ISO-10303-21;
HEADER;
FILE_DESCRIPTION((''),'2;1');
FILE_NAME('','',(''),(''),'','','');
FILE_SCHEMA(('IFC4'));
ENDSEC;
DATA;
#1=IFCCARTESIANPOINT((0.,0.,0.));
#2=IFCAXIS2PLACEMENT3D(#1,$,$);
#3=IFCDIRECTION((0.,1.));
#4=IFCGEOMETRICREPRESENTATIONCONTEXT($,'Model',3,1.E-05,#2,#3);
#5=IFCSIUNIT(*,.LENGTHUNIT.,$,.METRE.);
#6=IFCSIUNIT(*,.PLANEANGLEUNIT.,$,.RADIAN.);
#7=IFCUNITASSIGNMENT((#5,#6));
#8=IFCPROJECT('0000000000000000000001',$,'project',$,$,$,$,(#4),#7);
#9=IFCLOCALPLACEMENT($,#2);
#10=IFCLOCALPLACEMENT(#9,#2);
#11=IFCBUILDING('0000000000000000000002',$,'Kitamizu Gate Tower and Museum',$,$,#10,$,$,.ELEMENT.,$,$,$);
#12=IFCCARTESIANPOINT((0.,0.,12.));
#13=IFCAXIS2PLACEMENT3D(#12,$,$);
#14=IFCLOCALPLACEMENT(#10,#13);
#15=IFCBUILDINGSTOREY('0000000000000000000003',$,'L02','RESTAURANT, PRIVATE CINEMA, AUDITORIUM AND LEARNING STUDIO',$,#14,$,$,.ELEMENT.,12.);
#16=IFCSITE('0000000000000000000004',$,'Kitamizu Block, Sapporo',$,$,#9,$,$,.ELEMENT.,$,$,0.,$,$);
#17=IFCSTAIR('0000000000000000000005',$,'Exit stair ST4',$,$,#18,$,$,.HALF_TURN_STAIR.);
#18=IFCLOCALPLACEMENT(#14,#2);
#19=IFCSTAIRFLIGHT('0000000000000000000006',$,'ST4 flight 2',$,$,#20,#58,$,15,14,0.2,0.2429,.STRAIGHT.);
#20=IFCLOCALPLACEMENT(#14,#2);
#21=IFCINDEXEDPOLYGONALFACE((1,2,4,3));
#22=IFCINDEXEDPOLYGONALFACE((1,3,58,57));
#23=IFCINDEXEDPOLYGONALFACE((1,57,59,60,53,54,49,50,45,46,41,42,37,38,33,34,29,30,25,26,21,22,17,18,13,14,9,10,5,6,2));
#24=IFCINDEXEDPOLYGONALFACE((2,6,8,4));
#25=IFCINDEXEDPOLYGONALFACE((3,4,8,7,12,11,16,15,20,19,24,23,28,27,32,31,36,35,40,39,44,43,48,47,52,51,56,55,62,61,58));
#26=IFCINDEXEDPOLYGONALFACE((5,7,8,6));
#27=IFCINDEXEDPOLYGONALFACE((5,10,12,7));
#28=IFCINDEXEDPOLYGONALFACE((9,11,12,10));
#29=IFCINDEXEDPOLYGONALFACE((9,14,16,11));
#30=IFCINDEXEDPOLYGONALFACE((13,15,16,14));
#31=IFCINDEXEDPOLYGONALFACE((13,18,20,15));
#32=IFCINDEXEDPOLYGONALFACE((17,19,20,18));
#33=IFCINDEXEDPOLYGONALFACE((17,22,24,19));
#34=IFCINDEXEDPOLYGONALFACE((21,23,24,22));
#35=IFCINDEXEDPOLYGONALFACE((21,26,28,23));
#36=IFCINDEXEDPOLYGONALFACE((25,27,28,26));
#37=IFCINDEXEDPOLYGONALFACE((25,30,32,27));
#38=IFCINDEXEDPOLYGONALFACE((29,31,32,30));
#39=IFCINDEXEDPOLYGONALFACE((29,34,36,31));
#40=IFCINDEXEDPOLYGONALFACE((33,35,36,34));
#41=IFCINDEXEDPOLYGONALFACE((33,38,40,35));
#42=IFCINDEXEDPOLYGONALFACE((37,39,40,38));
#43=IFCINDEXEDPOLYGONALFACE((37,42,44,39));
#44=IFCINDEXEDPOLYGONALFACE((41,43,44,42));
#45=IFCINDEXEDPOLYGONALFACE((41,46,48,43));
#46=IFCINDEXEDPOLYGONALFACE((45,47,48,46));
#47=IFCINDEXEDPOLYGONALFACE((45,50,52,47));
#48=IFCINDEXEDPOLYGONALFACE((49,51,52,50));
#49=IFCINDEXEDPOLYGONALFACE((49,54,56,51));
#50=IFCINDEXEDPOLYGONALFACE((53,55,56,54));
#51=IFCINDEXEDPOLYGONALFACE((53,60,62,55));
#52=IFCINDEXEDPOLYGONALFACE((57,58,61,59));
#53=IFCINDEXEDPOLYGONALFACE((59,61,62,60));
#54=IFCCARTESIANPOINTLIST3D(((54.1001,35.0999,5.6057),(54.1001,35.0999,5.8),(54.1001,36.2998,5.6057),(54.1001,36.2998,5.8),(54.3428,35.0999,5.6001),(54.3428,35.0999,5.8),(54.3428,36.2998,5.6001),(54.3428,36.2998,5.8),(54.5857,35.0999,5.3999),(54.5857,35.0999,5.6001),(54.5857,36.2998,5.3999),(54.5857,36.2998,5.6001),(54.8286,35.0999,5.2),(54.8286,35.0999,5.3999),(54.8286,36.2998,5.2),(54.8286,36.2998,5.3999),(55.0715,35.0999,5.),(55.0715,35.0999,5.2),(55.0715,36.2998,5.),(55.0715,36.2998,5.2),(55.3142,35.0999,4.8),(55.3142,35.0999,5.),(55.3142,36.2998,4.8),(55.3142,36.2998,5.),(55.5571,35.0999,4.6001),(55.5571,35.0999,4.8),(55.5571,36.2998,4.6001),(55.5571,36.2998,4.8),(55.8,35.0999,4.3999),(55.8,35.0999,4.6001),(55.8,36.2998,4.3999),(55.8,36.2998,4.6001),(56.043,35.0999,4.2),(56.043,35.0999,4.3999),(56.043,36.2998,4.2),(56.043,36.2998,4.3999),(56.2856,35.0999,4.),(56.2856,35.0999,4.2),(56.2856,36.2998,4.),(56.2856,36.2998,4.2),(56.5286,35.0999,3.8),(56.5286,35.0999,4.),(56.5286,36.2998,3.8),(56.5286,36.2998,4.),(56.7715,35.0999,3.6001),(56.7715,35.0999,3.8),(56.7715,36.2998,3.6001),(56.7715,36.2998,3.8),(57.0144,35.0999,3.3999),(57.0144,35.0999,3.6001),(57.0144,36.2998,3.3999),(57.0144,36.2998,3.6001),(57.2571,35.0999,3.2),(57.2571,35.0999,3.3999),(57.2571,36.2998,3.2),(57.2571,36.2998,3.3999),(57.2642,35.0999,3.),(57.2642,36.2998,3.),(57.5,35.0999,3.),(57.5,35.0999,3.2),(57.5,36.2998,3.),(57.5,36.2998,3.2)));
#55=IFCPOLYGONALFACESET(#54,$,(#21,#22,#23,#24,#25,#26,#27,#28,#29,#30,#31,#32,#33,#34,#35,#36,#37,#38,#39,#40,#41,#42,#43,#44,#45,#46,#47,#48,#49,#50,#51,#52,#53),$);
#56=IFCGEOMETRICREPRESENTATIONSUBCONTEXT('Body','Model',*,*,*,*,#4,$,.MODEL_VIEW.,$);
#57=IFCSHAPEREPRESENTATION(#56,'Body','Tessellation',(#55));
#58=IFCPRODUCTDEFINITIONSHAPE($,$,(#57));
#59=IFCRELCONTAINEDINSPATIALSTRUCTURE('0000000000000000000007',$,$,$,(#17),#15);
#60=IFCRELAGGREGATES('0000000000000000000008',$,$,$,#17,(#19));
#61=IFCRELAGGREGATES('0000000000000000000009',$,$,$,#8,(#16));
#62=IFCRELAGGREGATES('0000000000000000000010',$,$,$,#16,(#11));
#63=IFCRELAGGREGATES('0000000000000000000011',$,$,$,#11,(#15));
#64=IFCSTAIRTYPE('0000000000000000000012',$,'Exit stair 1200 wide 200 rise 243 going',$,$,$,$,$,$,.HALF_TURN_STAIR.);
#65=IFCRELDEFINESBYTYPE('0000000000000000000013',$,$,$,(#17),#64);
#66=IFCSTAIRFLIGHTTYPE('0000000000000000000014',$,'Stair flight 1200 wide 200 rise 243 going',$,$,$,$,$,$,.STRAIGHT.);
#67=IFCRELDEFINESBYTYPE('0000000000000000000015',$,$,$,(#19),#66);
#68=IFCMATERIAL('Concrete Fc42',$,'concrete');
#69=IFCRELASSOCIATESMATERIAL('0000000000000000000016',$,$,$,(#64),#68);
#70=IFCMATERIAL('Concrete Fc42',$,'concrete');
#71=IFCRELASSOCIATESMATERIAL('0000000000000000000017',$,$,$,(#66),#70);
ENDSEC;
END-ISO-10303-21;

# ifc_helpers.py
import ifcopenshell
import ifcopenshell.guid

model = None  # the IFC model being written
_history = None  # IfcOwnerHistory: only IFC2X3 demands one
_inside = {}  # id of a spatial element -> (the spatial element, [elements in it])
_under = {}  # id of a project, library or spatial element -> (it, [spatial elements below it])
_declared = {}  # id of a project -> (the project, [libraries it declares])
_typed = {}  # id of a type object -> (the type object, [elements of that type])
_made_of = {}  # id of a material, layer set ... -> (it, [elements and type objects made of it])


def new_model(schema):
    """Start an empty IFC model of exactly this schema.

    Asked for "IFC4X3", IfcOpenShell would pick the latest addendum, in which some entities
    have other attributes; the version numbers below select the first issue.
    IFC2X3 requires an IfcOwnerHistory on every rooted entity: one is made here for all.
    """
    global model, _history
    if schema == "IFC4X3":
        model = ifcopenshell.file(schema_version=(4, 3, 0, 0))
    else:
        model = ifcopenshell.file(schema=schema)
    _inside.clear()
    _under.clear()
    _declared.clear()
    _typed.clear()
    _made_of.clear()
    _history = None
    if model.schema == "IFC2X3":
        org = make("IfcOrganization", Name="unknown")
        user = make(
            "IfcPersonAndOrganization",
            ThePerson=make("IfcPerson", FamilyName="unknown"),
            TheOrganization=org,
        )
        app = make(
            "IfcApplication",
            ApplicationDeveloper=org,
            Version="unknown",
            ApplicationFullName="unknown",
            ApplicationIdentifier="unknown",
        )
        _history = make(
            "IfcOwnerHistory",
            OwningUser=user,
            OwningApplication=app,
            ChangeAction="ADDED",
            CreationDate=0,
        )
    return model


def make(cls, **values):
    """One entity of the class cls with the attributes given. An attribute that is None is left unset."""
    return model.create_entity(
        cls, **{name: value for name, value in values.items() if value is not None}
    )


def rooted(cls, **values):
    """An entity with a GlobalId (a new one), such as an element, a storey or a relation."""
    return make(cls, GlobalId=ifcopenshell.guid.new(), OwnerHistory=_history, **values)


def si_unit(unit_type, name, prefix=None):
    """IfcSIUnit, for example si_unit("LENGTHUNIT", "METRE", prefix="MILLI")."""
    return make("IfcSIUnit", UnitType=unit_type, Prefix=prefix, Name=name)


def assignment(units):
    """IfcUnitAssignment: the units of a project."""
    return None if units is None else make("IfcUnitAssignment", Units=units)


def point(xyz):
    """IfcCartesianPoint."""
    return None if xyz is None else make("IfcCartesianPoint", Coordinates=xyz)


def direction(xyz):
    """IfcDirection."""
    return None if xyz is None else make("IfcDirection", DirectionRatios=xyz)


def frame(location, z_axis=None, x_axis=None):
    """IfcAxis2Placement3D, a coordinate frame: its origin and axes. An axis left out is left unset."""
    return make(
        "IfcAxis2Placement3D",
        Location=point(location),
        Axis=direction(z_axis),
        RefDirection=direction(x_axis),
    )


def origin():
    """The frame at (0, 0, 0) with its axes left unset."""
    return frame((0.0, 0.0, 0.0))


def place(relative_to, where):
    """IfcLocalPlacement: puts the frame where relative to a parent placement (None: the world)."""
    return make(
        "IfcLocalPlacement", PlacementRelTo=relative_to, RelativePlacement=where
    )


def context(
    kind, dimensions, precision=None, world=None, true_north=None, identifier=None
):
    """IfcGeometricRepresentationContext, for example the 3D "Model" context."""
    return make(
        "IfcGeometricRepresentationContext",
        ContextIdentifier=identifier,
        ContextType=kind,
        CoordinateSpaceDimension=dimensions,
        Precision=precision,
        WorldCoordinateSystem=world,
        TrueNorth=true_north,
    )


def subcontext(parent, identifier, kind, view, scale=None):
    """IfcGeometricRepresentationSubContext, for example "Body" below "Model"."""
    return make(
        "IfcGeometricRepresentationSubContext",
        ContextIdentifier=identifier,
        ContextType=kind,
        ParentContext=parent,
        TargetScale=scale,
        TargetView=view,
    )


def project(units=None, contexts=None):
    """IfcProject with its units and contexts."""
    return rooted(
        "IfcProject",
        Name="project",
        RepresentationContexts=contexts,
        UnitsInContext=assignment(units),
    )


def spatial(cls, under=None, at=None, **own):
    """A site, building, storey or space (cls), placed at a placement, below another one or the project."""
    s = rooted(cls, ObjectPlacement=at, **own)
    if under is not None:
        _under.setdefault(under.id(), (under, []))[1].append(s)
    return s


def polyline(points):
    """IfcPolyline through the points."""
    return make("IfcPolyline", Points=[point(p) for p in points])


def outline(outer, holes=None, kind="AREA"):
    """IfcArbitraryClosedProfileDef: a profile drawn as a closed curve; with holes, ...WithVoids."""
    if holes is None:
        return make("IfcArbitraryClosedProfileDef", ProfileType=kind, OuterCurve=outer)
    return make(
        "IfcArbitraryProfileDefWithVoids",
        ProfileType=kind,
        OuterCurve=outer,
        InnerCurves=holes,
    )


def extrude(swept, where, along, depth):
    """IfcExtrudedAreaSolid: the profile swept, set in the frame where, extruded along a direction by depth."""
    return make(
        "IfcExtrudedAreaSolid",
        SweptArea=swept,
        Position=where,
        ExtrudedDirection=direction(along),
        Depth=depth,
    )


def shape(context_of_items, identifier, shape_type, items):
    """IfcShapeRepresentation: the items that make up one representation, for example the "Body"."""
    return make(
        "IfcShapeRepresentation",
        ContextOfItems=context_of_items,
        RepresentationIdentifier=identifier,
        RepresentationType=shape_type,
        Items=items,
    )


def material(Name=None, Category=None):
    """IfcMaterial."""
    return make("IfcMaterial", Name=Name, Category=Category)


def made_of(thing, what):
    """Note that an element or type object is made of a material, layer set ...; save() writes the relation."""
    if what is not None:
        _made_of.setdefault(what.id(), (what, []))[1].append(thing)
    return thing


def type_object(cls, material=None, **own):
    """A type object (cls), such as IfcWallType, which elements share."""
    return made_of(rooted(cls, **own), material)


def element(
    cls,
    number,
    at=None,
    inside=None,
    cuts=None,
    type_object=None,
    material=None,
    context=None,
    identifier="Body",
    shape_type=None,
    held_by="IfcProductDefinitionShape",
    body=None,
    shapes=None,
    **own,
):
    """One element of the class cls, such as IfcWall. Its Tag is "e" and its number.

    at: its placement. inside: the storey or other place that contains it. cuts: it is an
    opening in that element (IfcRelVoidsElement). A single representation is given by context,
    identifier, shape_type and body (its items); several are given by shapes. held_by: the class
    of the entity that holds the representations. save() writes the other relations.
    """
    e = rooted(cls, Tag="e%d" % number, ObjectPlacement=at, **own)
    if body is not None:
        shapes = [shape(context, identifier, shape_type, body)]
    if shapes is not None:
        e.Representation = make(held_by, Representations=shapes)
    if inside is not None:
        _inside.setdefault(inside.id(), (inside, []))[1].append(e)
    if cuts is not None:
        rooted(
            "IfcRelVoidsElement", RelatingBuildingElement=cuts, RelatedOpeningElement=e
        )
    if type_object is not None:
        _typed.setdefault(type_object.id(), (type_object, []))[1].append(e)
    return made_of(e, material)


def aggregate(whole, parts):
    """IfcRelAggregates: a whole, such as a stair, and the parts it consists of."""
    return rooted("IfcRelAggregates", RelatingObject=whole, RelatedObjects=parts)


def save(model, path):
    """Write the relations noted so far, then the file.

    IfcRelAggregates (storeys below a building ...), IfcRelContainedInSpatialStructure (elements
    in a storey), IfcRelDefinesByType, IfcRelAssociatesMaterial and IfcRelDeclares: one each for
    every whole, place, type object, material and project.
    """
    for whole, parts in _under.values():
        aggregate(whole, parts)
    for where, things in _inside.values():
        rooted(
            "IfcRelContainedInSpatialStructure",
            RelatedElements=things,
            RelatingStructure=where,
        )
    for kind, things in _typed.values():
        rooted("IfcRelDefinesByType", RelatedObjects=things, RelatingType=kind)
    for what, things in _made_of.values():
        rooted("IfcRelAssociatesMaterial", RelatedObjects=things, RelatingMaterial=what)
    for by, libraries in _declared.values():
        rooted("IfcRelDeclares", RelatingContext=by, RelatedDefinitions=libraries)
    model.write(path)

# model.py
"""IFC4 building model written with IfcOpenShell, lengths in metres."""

from ifc_helpers import new_model, si_unit, direction, frame, origin, place, context, subcontext, project, spatial, polyline, outline, extrude, material, type_object, element, aggregate, save


model = new_model("IFC4")

# Units and contexts
model_context = context("Model", 3, precision=1e-05, world=origin(), true_north=direction((0.0, 1.0)))
body_context = subcontext(model_context, "Body", "Model", "MODEL_VIEW")
ifc_project = project(units=[si_unit("LENGTHUNIT", "METRE"), si_unit("PLANEANGLEUNIT", "RADIAN")], contexts=[model_context])

# Site, building, storey
site_placement = place(None, origin())
site = spatial("IfcSite", under=ifc_project, at=site_placement, Name="Kitamizu Block, Sapporo", CompositionType="ELEMENT", RefElevation=0.0)
building_placement = place(site_placement, origin())
building = spatial("IfcBuilding", under=site, at=building_placement, Name="Kitamizu Gate Tower and Museum", CompositionType="ELEMENT")
storey_placement = place(building_placement, frame((0.0, 0.0, 12.0)))
storey = spatial("IfcBuildingStorey", under=building, at=storey_placement, Name="L02", Description="RESTAURANT, PRIVATE CINEMA, AUDITORIUM AND LEARNING STUDIO", CompositionType="ELEMENT", Elevation=12.0)

# Stair, stair flight
ifc_material_1 = material(Name="Concrete Fc42", Category="concrete")
stair_type = type_object("IfcStairType", Name="Exit stair 1200 wide 200 rise 243 going", PredefinedType="HALF_TURN_STAIR", material=ifc_material_1)
stair_placement = place(storey_placement, origin())
stair = element("IfcStair", 1, at=stair_placement, inside=storey, type_object=stair_type, Name="Exit stair ST4", PredefinedType="HALF_TURN_STAIR")
ifc_material_2 = material(Name="Concrete Fc42", Category="concrete")
stair_flight_type = type_object("IfcStairFlightType", Name="Stair flight 1200 wide 200 rise 243 going", PredefinedType="STRAIGHT", material=ifc_material_2)
stair_flight_1_placement = place(storey_placement, frame((57.5, 35.7, 3.0), z_axis=(0.0, 0.0, 1.0), x_axis=(-1.0, 0.0, 0.0)))
stair_flight_1 = element("IfcStairFlight", 2, at=stair_flight_1_placement, type_object=stair_flight_type, Name="ST4 flight 2", NumberOfRisers=15, NumberOfTreads=14, PredefinedType="STRAIGHT", RiserHeight=0.2, TreadLength=0.2429, context=body_context, shape_type="SweptSolid", body=[
    extrude(outline(polyline([(0.0, 0.0), (0.0, 0.2), (0.2429, 0.2), (0.2429, 0.3999), (0.4856, 0.3999), (0.4856, 0.6001), (0.7285, 0.6001), (0.7285, 0.8), (0.9714, 0.8), (0.9714, 1.0), (1.2144, 1.0), (1.2144, 1.2), (1.457, 1.2), (1.457, 1.3999), (1.7, 1.3999), (1.7, 1.6001), (1.9429, 1.6001), (1.9429, 1.8), (2.1858, 1.8), (2.1858, 2.0), (2.4285, 2.0), (2.4285, 2.2), (2.6714, 2.2), (2.6714, 2.3999), (2.9143, 2.3999), (2.9143, 2.6001), (3.1572, 2.6001), (3.1572, 2.8), (3.3999, 2.8), (3.3999, 3.0), (3.3999, 2.6057), (0.2358, 0.0), (0.0, 0.0)])), frame((0.0, 0.6001, 0.0), z_axis=(0.0, -1.0, 0.0), x_axis=(1.0, 0.0, 0.0)), (0.0, 0.0, 1.0), 1.2),
])
aggregate(stair, [stair_flight_1])

save(model, "model.ifc")
